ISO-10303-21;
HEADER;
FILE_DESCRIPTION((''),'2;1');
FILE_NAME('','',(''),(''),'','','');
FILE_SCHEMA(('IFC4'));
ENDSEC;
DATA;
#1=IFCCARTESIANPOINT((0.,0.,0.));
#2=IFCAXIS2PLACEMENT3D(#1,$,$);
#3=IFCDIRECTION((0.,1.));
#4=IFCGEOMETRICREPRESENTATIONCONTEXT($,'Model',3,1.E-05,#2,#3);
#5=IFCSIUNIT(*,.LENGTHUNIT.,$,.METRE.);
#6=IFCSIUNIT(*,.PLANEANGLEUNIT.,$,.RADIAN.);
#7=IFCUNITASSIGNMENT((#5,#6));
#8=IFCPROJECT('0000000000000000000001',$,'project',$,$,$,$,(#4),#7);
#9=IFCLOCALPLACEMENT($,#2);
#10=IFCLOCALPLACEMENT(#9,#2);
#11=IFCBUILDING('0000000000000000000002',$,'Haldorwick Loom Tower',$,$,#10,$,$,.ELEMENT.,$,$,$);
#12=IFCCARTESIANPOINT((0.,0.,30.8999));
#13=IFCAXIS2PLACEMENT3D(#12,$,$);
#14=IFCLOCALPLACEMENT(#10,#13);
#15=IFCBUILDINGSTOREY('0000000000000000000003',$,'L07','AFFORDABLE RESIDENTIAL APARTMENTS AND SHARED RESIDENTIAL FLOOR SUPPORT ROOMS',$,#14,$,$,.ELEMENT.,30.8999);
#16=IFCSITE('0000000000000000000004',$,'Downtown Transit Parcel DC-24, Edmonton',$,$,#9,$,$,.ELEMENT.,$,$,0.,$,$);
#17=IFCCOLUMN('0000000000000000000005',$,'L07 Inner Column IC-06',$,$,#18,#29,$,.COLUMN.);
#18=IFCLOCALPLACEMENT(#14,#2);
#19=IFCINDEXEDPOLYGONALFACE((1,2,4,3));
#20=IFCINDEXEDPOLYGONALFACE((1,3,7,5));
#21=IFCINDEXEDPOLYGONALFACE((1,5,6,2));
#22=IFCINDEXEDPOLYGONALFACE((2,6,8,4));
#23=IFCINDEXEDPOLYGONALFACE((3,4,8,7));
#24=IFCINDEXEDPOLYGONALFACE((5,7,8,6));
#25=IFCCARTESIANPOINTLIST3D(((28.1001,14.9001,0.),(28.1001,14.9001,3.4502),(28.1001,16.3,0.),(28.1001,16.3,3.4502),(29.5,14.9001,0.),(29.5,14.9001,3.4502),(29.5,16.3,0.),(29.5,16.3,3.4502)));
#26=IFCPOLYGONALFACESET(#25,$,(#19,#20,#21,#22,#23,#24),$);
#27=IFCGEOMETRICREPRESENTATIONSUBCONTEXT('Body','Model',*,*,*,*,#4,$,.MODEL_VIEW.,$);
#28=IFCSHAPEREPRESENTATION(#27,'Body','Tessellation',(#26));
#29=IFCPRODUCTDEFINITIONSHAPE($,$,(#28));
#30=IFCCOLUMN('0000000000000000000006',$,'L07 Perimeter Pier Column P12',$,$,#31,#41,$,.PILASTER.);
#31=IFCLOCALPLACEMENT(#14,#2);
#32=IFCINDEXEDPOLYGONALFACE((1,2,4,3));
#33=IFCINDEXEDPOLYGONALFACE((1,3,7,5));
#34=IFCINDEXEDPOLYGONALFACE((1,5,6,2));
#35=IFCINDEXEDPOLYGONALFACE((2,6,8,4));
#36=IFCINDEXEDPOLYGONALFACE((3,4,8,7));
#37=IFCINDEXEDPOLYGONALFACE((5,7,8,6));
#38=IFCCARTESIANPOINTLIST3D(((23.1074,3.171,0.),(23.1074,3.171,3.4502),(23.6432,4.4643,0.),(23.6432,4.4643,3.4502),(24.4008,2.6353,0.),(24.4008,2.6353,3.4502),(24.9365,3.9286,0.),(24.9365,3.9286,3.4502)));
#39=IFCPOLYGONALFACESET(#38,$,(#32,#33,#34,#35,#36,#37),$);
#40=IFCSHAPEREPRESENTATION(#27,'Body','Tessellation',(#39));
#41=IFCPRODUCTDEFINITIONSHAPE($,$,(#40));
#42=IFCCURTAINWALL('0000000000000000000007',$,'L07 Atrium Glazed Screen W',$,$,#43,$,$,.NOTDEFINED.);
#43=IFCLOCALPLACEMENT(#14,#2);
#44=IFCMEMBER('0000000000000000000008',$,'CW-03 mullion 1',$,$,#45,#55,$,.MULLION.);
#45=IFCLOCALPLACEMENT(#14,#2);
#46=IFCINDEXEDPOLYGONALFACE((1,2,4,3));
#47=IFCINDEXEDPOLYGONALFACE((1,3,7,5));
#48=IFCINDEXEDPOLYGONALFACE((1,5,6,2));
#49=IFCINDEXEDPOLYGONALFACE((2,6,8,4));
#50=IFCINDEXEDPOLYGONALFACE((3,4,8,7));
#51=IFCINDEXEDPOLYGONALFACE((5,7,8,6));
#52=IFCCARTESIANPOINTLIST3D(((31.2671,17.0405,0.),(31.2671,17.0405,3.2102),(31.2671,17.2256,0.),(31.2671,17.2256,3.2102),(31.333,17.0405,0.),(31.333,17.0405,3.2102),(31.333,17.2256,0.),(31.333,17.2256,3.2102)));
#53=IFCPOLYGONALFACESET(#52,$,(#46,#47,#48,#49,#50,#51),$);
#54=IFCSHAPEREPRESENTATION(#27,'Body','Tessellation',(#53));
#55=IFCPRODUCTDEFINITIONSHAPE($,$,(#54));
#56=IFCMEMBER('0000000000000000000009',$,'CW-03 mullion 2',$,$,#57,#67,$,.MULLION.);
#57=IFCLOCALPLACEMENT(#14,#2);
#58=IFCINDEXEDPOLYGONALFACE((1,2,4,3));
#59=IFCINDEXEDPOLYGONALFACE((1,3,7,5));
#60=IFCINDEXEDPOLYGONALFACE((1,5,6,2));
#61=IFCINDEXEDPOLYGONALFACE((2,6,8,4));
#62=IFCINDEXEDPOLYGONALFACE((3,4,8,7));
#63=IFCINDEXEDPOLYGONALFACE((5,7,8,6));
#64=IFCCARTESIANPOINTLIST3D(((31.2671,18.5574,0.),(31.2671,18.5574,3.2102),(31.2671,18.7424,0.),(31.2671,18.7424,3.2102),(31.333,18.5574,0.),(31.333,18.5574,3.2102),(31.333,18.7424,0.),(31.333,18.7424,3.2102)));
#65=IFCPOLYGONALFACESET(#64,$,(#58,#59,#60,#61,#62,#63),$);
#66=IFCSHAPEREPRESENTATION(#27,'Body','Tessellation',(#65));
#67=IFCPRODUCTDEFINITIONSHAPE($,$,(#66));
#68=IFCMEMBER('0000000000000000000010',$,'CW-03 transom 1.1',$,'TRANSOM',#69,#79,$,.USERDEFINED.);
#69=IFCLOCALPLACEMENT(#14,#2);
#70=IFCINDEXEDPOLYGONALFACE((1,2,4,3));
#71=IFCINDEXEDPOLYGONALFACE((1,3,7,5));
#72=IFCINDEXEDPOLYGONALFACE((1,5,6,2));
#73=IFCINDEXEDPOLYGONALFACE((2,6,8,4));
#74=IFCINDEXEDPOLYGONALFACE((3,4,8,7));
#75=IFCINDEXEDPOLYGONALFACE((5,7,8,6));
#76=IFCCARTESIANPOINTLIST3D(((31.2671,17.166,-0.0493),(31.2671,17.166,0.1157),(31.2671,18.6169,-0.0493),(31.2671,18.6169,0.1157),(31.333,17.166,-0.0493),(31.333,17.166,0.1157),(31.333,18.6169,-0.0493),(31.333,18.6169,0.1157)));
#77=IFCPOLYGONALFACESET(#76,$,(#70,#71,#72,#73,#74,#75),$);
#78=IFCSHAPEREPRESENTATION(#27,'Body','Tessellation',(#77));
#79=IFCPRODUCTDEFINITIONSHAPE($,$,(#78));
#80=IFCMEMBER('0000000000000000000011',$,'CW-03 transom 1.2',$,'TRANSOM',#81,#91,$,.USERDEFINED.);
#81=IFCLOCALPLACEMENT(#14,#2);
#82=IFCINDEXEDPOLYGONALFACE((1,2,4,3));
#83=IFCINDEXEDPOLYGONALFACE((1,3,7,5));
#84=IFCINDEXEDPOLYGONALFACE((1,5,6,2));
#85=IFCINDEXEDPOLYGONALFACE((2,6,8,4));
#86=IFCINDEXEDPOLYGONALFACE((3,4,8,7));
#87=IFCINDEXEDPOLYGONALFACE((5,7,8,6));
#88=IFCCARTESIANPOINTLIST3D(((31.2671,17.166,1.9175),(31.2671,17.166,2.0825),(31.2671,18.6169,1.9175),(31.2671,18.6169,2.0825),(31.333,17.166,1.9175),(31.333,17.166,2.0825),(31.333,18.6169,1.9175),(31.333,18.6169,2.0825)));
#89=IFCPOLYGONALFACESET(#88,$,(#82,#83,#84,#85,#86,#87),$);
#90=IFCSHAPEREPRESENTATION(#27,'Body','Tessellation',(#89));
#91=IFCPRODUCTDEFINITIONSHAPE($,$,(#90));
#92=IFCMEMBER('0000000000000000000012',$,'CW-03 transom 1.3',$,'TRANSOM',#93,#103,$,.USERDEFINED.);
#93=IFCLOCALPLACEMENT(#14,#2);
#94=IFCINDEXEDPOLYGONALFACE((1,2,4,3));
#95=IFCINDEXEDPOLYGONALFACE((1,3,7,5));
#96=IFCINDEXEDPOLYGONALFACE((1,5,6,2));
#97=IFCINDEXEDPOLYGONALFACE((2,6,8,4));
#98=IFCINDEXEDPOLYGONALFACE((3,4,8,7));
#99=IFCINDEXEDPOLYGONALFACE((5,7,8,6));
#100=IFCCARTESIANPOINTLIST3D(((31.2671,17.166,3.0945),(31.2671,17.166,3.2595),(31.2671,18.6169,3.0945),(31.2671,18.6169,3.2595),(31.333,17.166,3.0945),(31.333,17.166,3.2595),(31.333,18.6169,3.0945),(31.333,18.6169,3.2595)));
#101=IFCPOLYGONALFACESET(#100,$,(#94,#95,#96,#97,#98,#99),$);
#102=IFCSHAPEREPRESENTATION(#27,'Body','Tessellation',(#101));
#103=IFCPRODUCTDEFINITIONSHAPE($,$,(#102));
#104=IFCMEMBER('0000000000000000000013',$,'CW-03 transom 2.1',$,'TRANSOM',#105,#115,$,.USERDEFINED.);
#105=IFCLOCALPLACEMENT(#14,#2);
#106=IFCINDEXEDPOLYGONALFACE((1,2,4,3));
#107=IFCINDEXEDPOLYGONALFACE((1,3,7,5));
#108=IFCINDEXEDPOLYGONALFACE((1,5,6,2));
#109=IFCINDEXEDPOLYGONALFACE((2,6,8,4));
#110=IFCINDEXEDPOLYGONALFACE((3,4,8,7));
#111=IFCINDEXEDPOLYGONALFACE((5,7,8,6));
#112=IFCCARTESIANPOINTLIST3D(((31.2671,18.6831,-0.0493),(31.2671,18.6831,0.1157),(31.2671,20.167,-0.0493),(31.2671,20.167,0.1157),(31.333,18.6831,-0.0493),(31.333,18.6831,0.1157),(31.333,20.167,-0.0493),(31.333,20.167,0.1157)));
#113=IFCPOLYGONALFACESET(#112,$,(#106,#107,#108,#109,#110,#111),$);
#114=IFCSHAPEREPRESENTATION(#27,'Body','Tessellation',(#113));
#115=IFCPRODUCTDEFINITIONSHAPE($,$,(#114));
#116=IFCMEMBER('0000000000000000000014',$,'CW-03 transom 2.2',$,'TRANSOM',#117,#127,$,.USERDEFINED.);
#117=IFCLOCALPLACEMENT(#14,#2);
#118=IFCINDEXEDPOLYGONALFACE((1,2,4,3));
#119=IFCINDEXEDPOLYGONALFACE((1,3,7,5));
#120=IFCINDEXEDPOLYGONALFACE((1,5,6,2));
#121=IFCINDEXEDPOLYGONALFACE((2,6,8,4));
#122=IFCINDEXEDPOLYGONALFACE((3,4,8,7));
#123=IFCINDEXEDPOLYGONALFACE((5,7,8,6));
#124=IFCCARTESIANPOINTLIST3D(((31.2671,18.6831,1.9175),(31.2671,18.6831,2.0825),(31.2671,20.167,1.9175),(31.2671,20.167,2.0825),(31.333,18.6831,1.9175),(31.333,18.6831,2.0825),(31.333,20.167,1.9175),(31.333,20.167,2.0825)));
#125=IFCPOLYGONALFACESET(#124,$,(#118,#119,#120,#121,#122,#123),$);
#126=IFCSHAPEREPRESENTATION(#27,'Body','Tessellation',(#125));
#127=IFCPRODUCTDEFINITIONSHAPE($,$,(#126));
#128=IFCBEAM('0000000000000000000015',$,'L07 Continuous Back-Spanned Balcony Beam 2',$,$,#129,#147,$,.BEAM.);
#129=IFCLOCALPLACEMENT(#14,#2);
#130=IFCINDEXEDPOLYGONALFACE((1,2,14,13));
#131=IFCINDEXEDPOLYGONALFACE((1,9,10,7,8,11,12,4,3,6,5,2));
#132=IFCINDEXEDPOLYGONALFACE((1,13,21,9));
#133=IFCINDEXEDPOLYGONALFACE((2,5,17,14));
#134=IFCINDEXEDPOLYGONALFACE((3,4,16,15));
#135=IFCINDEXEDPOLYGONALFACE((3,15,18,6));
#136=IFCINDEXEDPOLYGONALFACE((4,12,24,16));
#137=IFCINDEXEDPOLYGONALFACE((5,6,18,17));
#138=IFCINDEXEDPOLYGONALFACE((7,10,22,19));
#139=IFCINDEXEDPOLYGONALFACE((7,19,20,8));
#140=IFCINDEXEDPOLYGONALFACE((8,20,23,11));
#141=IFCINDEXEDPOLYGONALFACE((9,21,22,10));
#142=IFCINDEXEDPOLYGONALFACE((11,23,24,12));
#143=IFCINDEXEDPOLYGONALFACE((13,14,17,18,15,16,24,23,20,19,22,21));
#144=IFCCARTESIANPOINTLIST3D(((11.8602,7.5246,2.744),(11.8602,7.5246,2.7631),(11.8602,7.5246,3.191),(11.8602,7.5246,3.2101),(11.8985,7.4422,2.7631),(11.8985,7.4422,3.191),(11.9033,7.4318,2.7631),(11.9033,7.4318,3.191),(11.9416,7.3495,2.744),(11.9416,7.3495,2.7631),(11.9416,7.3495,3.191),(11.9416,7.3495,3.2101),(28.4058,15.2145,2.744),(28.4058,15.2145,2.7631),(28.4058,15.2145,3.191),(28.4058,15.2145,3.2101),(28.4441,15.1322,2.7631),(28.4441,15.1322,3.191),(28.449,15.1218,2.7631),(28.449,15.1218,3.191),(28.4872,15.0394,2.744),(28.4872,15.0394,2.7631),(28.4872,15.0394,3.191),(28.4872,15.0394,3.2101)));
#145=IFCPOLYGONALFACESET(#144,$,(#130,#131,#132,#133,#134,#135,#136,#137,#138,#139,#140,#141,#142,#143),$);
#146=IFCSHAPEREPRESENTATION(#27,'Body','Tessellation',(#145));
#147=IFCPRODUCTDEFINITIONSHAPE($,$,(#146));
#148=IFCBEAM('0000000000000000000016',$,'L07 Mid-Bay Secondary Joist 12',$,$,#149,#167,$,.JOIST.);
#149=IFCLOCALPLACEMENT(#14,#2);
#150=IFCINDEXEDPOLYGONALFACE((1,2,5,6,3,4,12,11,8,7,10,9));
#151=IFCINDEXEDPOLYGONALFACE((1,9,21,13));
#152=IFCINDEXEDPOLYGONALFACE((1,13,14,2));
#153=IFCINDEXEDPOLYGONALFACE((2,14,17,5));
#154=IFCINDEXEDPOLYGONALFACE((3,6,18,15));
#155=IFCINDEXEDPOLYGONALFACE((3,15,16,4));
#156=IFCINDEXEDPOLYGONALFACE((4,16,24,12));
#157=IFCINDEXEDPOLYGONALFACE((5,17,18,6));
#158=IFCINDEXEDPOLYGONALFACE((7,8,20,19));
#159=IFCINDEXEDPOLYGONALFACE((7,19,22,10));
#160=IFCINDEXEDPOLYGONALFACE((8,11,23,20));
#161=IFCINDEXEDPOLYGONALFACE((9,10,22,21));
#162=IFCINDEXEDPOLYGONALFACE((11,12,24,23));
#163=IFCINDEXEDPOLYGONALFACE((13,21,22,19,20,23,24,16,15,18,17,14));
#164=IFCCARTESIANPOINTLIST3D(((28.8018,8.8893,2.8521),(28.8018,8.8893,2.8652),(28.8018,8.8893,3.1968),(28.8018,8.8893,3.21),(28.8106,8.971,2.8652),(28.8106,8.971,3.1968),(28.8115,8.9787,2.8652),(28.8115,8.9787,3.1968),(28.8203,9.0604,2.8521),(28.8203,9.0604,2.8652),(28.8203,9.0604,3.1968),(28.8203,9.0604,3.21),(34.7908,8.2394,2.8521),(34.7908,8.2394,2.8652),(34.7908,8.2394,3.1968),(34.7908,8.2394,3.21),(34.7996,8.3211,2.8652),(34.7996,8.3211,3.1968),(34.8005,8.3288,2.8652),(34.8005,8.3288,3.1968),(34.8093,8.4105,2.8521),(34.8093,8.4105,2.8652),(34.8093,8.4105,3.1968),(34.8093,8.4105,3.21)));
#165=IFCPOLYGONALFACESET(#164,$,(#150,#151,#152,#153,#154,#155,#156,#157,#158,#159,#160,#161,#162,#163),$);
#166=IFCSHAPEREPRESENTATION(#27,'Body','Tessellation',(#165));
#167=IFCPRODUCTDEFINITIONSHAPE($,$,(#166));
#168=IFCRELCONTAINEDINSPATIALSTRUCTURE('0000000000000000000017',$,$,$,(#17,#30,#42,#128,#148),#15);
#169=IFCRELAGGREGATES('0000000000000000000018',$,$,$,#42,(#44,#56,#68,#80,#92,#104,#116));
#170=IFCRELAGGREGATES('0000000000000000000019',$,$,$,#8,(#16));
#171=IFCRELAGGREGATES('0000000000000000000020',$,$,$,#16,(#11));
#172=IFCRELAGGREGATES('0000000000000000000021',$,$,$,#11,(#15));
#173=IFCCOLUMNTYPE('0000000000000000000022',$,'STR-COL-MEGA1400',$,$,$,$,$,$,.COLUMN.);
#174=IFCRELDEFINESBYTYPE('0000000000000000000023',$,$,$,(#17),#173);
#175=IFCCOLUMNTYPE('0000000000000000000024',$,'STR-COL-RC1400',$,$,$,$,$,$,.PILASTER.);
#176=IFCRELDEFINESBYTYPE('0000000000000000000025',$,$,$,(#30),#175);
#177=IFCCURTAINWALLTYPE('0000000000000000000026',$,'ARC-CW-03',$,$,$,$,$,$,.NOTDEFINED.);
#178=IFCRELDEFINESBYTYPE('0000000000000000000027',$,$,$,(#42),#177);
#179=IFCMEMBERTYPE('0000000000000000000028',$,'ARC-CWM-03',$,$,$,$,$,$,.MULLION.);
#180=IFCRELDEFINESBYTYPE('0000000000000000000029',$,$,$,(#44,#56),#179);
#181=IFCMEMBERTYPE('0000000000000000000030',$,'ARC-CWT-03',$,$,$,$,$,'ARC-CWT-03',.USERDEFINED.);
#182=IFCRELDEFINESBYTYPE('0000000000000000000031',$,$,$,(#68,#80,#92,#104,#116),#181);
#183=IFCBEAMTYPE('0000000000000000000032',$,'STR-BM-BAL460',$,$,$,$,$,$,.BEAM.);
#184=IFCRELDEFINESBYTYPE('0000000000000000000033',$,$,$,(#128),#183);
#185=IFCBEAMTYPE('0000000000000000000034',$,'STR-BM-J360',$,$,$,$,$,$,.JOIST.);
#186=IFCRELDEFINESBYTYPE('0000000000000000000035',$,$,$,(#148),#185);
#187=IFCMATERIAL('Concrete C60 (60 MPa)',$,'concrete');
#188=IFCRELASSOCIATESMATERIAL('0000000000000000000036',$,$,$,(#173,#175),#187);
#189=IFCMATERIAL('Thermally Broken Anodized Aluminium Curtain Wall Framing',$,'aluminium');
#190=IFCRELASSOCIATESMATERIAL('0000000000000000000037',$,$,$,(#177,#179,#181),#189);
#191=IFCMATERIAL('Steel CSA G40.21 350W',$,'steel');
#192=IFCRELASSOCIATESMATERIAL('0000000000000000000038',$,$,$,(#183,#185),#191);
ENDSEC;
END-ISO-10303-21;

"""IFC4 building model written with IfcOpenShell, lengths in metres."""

from ifc_helpers import new_model, si_unit, direction, frame, origin, origin_2d, place, context, subcontext, project, spatial, rectangle, i_section, extrude, material, material_profile, profile_set, type_object, element, aggregate, save


model = new_model("IFC4")

# Units and contexts
model_context = context("Model", 3, precision=1e-05, world=origin(), true_north=direction((0.0, 1.0)))
body_context = subcontext(model_context, "Body", "Model", "MODEL_VIEW")
ifc_project = project(units=[si_unit("LENGTHUNIT", "METRE"), si_unit("PLANEANGLEUNIT", "RADIAN")], contexts=[model_context])

# Site, building, storey
site_placement = place(None, origin())
site = spatial("IfcSite", under=ifc_project, at=site_placement, Name="Downtown Transit Parcel DC-24, Edmonton", CompositionType="ELEMENT", RefElevation=0.0)
building_placement = place(site_placement, origin())
building = spatial("IfcBuilding", under=site, at=building_placement, Name="Haldorwick Loom Tower", CompositionType="ELEMENT")
storey_placement = place(building_placement, frame((0.0, 0.0, 30.8999)))
storey = spatial("IfcBuildingStorey", under=building, at=storey_placement, Name="L07", Description="AFFORDABLE RESIDENTIAL APARTMENTS AND SHARED RESIDENTIAL FLOOR SUPPORT ROOMS", CompositionType="ELEMENT", Elevation=30.8999)

# Columns
ifc_material_1 = material(Name="Concrete C60 (60 MPa)", Category="concrete")
ifc_material_profile_1 = material_profile(ifc_material_1, rectangle(XDim=1.3999, YDim=1.3999, at=origin_2d()), Name="RC1400X1400", Category="concrete")
ifc_profile_set_1 = profile_set([ifc_material_profile_1], Name="Concrete C60 (60 MPa)")
column_type_1 = type_object("IfcColumnType", Name="STR-COL-MEGA1400", PredefinedType="COLUMN", material=ifc_profile_set_1)
column_1_placement = place(storey_placement, frame((28.8, 15.6001, 0.0), z_axis=(0.0, 0.0, 1.0), x_axis=(1.0, 0.0, 0.0)))
element("IfcColumn", 1, at=column_1_placement, inside=storey, type_object=column_type_1, Name="L07 Inner Column IC-06", PredefinedType="COLUMN", context=body_context, shape_type="SweptSolid", body=[
    extrude(rectangle(XDim=1.3999, YDim=1.3999, at=origin_2d()), origin(), (0.0, 0.0, 1.0), 3.4502),
])
ifc_material_profile_2 = material_profile(ifc_material_1, rectangle(XDim=1.3999, YDim=1.3999, at=origin_2d()), Name="RC1400X1400", Category="concrete")
ifc_profile_set_2 = profile_set([ifc_material_profile_2], Name="Concrete C60 (60 MPa)")
column_type_2 = type_object("IfcColumnType", Name="STR-COL-RC1400", PredefinedType="PILASTER", material=ifc_profile_set_2)
column_2_placement = place(storey_placement, frame((24.022, 3.5498, 0.0), z_axis=(0.0, 0.0, 1.0), x_axis=(-0.382683, -0.92388, 0.0)))
element("IfcColumn", 2, at=column_2_placement, inside=storey, type_object=column_type_2, Name="L07 Perimeter Pier Column P12", PredefinedType="PILASTER", context=body_context, shape_type="SweptSolid", body=[
    extrude(rectangle(XDim=1.3999, YDim=1.3999, at=origin_2d()), origin(), (0.0, 0.0, 1.0), 3.4502),
])

# Curtain wall, members
ifc_material_2 = material(Name="Thermally Broken Anodized Aluminium Curtain Wall Framing", Category="aluminium")
curtain_wall_type = type_object("IfcCurtainWallType", Name="ARC-CW-03", PredefinedType="NOTDEFINED", material=ifc_material_2)
curtain_wall_placement = place(storey_placement, origin())
curtain_wall = element("IfcCurtainWall", 3, at=curtain_wall_placement, inside=storey, type_object=curtain_wall_type, Name="L07 Atrium Glazed Screen W", PredefinedType="NOTDEFINED")
ifc_material_profile_3 = material_profile(ifc_material_2, rectangle(XDim=0.0659, YDim=0.1851, at=origin_2d()), Name="ALU_MUL_66X185", Category="aluminium")
ifc_profile_set_3 = profile_set([ifc_material_profile_3], Name="Thermally Broken Anodized Aluminium Curtain Wall Framing")
member_type_1 = type_object("IfcMemberType", Name="ARC-CWM-03", PredefinedType="MULLION", material=ifc_profile_set_3)
member_1_placement = place(storey_placement, frame((31.3, 17.1331, 0.0), z_axis=(0.0, 0.0, 1.0), x_axis=(-1.0, 0.0, 0.0)))
member_1 = element("IfcMember", 4, at=member_1_placement, type_object=member_type_1, Name="CW-03 mullion 1", PredefinedType="MULLION", context=body_context, shape_type="SweptSolid", body=[
    extrude(rectangle(XDim=0.0659, YDim=0.1851, at=origin_2d()), origin(), (0.0, 0.0, 1.0), 3.2102),
])
member_2_placement = place(storey_placement, frame((31.3, 18.6499, 0.0), z_axis=(0.0, 0.0, 1.0), x_axis=(-1.0, 0.0, 0.0)))
member_2 = element("IfcMember", 5, at=member_2_placement, type_object=member_type_1, Name="CW-03 mullion 2", PredefinedType="MULLION", context=body_context, shape_type="SweptSolid", body=[
    extrude(rectangle(XDim=0.0659, YDim=0.1851, at=origin_2d()), origin(), (0.0, 0.0, 1.0), 3.2102),
])
ifc_material_profile_4 = material_profile(ifc_material_2, rectangle(XDim=0.0659, YDim=0.165, at=origin_2d()), Name="ALU_TRN_66X165", Category="aluminium")
ifc_profile_set_4 = profile_set([ifc_material_profile_4], Name="Thermally Broken Anodized Aluminium Curtain Wall Framing")
member_type_2 = type_object("IfcMemberType", Name="ARC-CWT-03", ElementType="ARC-CWT-03", PredefinedType="USERDEFINED", material=ifc_profile_set_4)
member_3_placement = place(storey_placement, frame((31.3, 17.166, 0.0332), z_axis=(0.0, 1.0, 0.0), x_axis=(-1.0, 0.0, 0.0)))
member_3 = element("IfcMember", 6, at=member_3_placement, type_object=member_type_2, Name="CW-03 transom 1.1", ObjectType="TRANSOM", PredefinedType="USERDEFINED", context=body_context, shape_type="SweptSolid", body=[
    extrude(rectangle(XDim=0.0659, YDim=0.165, at=origin_2d()), origin(), (0.0, 0.0, 1.0), 1.4509),
])
member_4_placement = place(storey_placement, frame((31.3, 17.166, 2.0), z_axis=(0.0, 1.0, 0.0), x_axis=(-1.0, 0.0, 0.0)))
member_4 = element("IfcMember", 7, at=member_4_placement, type_object=member_type_2, Name="CW-03 transom 1.2", ObjectType="TRANSOM", PredefinedType="USERDEFINED", context=body_context, shape_type="SweptSolid", body=[
    extrude(rectangle(XDim=0.0659, YDim=0.165, at=origin_2d()), origin(), (0.0, 0.0, 1.0), 1.4509),
])
member_5_placement = place(storey_placement, frame((31.3, 17.166, 3.177), z_axis=(0.0, 1.0, 0.0), x_axis=(-1.0, 0.0, 0.0)))
member_5 = element("IfcMember", 8, at=member_5_placement, type_object=member_type_2, Name="CW-03 transom 1.3", ObjectType="TRANSOM", PredefinedType="USERDEFINED", context=body_context, shape_type="SweptSolid", body=[
    extrude(rectangle(XDim=0.0659, YDim=0.165, at=origin_2d()), origin(), (0.0, 0.0, 1.0), 1.4509),
])
member_6_placement = place(storey_placement, frame((31.3, 18.6831, 0.0332), z_axis=(0.0, 1.0, 0.0), x_axis=(-1.0, 0.0, 0.0)))
member_6 = element("IfcMember", 9, at=member_6_placement, type_object=member_type_2, Name="CW-03 transom 2.1", ObjectType="TRANSOM", PredefinedType="USERDEFINED", context=body_context, shape_type="SweptSolid", body=[
    extrude(rectangle(XDim=0.0659, YDim=0.165, at=origin_2d()), origin(), (0.0, 0.0, 1.0), 1.4839),
])
member_7_placement = place(storey_placement, frame((31.3, 18.6831, 2.0), z_axis=(0.0, 1.0, 0.0), x_axis=(-1.0, 0.0, 0.0)))
member_7 = element("IfcMember", 10, at=member_7_placement, type_object=member_type_2, Name="CW-03 transom 2.2", ObjectType="TRANSOM", PredefinedType="USERDEFINED", context=body_context, shape_type="SweptSolid", body=[
    extrude(rectangle(XDim=0.0659, YDim=0.165, at=origin_2d()), origin(), (0.0, 0.0, 1.0), 1.4839),
])

# Beams
ifc_material_3 = material(Name="Steel CSA G40.21 350W", Category="steel")
ifc_material_profile_5 = material_profile(ifc_material_3, i_section(OverallWidth=0.1931, OverallDepth=0.4661, WebThickness=0.0115, FlangeThickness=0.019, at=origin_2d()), Name="W460X97", Category="steel")
ifc_profile_set_5 = profile_set([ifc_material_profile_5], Name="Steel CSA G40.21 350W")
beam_type_1 = type_object("IfcBeamType", Name="STR-BM-BAL460", PredefinedType="BEAM", material=ifc_profile_set_5)
beam_1_placement = place(storey_placement, frame((28.4465, 15.127, 2.9771), z_axis=(-0.906841, -0.421473, 0.0), x_axis=(0.421473, -0.906841, 0.0)))
element("IfcBeam", 11, at=beam_1_placement, inside=storey, type_object=beam_type_1, Name="L07 Continuous Back-Spanned Balcony Beam 2", PredefinedType="BEAM", context=body_context, shape_type="SweptSolid", body=[
    extrude(i_section(OverallWidth=0.1931, OverallDepth=0.4661, WebThickness=0.0115, FlangeThickness=0.019, at=origin_2d()), origin(), (0.0, 0.0, 1.0), 18.2454),
])
ifc_material_profile_6 = material_profile(ifc_material_3, i_section(OverallWidth=0.1721, OverallDepth=0.3579, WebThickness=0.0078, FlangeThickness=0.0132, at=origin_2d()), Name="W360X57", Category="steel")
ifc_profile_set_6 = profile_set([ifc_material_profile_6], Name="Steel CSA G40.21 350W")
beam_type_2 = type_object("IfcBeamType", Name="STR-BM-J360", PredefinedType="JOIST", material=ifc_profile_set_6)
beam_2_placement = place(storey_placement, frame((28.811, 8.9749, 3.031), z_axis=(0.994164, -0.107882, 0.0), x_axis=(0.107882, 0.994164, 0.0)))
element("IfcBeam", 12, at=beam_2_placement, inside=storey, type_object=beam_type_2, Name="L07 Mid-Bay Secondary Joist 12", PredefinedType="JOIST", context=body_context, shape_type="SweptSolid", body=[
    extrude(i_section(OverallWidth=0.1721, OverallDepth=0.3579, WebThickness=0.0078, FlangeThickness=0.0132, at=origin_2d()), origin(), (0.0, 0.0, 1.0), 6.0242),
])

aggregate(curtain_wall, [member_1, member_2, member_3, member_4, member_5, member_6, member_7])

save(model, "model.ifc")
